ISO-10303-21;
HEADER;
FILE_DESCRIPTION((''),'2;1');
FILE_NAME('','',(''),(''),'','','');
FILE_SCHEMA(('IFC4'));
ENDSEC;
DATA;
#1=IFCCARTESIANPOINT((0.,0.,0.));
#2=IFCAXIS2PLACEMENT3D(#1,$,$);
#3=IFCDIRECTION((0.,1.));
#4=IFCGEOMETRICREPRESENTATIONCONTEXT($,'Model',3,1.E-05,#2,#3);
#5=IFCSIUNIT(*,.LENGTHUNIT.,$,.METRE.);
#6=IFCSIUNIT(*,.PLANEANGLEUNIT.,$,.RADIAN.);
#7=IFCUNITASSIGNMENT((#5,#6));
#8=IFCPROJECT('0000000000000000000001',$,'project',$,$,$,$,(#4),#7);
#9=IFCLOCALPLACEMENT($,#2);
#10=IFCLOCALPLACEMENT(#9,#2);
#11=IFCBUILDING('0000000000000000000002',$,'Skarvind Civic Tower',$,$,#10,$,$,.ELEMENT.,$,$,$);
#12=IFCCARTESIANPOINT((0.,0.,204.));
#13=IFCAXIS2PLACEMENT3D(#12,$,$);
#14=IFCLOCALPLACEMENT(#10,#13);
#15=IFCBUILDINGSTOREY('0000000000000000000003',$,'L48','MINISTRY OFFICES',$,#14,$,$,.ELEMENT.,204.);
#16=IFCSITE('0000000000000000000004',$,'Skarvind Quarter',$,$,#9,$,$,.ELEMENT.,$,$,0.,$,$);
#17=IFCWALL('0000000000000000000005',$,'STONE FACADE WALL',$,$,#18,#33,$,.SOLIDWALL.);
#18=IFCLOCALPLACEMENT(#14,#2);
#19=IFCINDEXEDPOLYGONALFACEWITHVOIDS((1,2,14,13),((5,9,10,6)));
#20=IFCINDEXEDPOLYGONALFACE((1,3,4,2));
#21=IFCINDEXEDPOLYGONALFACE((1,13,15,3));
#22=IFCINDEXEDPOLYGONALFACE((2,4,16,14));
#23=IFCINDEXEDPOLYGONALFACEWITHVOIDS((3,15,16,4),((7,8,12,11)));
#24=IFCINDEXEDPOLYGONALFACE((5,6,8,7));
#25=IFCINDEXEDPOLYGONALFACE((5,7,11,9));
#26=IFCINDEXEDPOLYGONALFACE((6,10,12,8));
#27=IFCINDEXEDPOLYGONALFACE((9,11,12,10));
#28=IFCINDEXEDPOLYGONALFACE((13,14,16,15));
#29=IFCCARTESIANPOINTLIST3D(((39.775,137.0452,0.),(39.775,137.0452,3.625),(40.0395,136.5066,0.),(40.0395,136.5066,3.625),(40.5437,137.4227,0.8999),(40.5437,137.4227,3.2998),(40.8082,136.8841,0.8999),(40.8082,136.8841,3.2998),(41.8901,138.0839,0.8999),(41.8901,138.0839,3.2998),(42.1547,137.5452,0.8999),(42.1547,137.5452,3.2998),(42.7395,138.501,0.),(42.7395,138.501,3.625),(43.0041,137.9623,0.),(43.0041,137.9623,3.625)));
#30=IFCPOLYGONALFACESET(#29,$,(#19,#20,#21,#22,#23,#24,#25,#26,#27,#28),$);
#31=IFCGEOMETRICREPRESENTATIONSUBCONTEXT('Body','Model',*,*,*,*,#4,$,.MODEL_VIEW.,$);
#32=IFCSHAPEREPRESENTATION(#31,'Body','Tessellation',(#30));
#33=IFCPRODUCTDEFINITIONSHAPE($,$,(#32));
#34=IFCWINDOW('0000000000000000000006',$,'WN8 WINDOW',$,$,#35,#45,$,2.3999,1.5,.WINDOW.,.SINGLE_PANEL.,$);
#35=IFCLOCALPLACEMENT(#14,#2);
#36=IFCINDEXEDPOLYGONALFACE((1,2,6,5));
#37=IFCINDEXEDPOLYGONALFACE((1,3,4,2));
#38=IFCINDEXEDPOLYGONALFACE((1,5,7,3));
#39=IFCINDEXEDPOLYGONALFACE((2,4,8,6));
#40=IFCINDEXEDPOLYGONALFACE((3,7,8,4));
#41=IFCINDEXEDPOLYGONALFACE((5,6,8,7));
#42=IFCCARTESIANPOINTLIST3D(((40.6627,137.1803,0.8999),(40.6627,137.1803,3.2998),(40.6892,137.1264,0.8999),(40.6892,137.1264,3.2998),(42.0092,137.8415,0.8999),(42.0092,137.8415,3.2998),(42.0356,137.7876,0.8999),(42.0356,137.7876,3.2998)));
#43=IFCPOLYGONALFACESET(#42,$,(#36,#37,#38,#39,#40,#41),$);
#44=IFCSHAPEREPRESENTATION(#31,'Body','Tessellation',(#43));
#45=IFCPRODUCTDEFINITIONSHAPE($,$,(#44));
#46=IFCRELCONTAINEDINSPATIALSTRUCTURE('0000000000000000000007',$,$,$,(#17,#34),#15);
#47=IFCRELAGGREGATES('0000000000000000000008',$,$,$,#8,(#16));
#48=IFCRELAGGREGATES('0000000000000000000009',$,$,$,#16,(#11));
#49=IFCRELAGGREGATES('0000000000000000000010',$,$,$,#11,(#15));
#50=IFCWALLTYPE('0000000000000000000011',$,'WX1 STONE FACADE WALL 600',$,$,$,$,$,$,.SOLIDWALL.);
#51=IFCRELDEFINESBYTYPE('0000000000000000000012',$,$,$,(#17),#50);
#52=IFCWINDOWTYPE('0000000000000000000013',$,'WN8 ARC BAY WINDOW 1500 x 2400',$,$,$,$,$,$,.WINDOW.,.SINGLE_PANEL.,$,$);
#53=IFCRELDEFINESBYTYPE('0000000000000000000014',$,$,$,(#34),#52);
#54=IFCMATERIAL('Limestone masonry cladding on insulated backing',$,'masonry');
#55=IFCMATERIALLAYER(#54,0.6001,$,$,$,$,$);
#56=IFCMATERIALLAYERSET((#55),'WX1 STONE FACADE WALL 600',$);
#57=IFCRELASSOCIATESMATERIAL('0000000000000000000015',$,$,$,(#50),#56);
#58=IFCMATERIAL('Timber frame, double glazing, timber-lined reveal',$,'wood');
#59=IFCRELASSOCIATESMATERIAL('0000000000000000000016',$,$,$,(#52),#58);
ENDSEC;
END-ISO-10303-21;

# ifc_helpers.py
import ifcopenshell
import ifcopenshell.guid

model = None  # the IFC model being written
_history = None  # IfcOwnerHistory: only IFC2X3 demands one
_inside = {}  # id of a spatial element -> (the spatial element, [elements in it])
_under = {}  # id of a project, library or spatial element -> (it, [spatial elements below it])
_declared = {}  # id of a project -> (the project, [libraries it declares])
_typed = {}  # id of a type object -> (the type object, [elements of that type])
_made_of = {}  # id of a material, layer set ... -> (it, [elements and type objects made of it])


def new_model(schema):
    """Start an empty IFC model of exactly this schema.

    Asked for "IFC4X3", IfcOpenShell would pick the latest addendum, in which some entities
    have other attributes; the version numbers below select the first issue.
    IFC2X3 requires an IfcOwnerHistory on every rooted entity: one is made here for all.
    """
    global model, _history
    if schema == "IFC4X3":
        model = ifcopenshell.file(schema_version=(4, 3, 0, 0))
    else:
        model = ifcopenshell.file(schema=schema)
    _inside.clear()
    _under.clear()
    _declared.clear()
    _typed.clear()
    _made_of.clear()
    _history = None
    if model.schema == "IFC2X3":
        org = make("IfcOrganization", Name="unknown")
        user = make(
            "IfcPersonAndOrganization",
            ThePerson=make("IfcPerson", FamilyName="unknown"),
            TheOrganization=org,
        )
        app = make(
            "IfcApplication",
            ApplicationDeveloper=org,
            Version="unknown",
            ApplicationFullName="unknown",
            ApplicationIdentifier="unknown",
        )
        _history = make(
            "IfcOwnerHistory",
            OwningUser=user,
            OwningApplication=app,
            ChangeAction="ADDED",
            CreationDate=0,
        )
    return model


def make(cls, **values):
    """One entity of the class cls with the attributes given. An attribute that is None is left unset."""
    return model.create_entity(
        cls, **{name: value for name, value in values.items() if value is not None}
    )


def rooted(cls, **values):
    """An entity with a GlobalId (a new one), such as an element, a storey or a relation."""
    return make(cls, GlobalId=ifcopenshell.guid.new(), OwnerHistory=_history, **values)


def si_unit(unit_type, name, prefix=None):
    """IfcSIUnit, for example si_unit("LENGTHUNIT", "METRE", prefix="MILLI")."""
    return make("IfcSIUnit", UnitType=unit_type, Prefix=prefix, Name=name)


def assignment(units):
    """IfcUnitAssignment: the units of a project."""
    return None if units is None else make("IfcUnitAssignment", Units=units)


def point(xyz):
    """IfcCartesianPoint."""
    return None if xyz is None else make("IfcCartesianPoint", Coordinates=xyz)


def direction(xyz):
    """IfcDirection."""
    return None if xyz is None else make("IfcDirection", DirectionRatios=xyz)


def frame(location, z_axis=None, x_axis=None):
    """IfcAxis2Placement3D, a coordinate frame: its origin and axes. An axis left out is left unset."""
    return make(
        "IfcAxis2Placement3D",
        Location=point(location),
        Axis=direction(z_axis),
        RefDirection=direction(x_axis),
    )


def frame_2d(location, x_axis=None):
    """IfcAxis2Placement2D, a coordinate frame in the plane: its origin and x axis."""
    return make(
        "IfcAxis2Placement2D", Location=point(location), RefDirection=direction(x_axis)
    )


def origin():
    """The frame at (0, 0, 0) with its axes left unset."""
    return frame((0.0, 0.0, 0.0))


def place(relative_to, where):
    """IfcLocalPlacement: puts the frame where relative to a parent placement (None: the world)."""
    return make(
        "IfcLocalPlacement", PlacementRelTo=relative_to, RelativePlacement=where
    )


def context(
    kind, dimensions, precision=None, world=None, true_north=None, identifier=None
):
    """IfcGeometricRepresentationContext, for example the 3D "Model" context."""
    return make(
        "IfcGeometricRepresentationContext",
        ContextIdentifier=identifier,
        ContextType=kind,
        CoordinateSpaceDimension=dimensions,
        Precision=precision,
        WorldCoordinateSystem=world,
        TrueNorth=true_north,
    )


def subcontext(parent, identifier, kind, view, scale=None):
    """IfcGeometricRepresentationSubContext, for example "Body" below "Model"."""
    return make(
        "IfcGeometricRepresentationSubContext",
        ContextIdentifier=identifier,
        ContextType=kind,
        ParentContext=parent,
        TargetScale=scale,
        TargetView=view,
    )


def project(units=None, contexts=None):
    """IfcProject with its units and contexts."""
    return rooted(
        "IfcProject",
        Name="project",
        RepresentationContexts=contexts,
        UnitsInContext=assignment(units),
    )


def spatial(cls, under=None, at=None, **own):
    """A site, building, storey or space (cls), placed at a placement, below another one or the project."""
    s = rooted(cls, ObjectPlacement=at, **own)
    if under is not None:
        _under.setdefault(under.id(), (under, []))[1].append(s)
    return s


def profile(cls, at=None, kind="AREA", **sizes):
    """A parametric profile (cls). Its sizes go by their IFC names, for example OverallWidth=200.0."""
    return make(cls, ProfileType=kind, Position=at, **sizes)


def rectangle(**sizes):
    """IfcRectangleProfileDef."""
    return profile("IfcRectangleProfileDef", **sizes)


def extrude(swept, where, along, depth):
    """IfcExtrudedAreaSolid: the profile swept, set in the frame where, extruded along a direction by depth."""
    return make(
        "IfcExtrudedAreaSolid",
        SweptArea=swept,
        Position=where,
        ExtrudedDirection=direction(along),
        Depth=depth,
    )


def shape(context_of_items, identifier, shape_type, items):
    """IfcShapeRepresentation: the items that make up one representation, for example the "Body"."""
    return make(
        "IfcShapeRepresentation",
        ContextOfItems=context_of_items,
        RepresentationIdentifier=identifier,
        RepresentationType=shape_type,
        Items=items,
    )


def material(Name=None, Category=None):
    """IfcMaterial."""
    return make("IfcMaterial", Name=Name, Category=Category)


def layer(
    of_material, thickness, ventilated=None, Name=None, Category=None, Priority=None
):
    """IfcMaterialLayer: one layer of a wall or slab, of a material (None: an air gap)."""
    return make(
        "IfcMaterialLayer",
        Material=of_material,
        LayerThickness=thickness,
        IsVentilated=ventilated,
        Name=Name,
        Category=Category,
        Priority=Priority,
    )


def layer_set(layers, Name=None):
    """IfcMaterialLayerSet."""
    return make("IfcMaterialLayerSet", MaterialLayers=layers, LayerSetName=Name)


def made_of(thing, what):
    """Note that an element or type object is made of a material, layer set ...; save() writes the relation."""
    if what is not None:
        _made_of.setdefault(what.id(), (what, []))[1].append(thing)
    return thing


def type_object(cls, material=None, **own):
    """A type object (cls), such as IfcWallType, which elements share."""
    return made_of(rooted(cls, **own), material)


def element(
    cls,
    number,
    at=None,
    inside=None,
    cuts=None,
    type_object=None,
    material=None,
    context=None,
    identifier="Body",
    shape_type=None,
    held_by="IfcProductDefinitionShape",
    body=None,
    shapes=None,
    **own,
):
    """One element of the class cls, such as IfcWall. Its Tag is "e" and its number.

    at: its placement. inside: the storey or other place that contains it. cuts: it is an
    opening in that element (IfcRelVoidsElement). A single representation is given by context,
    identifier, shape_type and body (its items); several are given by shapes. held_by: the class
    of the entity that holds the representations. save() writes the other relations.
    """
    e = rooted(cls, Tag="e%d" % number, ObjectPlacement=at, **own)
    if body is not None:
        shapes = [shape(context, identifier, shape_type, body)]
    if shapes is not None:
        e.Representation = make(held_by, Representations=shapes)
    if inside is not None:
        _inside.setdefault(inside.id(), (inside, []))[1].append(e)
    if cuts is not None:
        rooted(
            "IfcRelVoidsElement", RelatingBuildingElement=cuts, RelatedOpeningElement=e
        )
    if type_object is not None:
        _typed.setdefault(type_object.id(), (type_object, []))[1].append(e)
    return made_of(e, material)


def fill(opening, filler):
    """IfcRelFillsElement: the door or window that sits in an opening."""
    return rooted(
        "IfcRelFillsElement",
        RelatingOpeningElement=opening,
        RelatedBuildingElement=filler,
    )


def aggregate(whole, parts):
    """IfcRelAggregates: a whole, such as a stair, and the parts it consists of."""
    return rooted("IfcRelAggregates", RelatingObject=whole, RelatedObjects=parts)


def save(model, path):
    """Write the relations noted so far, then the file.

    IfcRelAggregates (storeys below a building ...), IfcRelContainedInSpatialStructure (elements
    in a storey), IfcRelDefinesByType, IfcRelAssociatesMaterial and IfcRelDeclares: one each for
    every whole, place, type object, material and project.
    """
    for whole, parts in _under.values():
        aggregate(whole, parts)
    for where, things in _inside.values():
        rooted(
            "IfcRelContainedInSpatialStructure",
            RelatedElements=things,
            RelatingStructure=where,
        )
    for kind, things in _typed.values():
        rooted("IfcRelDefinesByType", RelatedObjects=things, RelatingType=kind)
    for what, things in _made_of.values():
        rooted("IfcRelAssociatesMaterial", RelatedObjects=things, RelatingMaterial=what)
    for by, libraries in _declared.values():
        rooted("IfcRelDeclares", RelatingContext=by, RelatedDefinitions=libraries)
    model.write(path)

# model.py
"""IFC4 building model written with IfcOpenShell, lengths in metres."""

from ifc_helpers import new_model, si_unit, direction, frame, frame_2d, origin, place, context, subcontext, project, spatial, rectangle, extrude, material, layer, layer_set, type_object, element, fill, save


model = new_model("IFC4")

# Units and contexts
model_context = context("Model", 3, precision=1e-05, world=origin(), true_north=direction((0.0, 1.0)))
body_context = subcontext(model_context, "Body", "Model", "MODEL_VIEW")
ifc_project = project(units=[si_unit("LENGTHUNIT", "METRE"), si_unit("PLANEANGLEUNIT", "RADIAN")], contexts=[model_context])

# Site, building, storey
site_placement = place(None, origin())
site = spatial("IfcSite", under=ifc_project, at=site_placement, Name="Skarvind Quarter", CompositionType="ELEMENT", RefElevation=0.0)
building_placement = place(site_placement, origin())
building = spatial("IfcBuilding", under=site, at=building_placement, Name="Skarvind Civic Tower", CompositionType="ELEMENT")
storey_placement = place(building_placement, frame((0.0, 0.0, 204.0)))
storey = spatial("IfcBuildingStorey", under=building, at=storey_placement, Name="L48", Description="MINISTRY OFFICES", CompositionType="ELEMENT", Elevation=204.0)

# Wall, opening, window
ifc_material_1 = material(Name="Limestone masonry cladding on insulated backing", Category="masonry")
ifc_layer_1 = layer(ifc_material_1, 0.6001)
ifc_layer_set_1 = layer_set([ifc_layer_1], Name="WX1 STONE FACADE WALL 600")
wall_type_1 = type_object("IfcWallType", Name="WX1 STONE FACADE WALL 600", PredefinedType="SOLIDWALL", material=ifc_layer_set_1)
wall_1_placement = place(storey_placement, frame((39.9072, 136.7759, 0.0), z_axis=(0.0, 0.0, 1.0), x_axis=(0.897612, 0.440786, 0.0)))
wall_1 = element("IfcWall", 1, at=wall_1_placement, inside=storey, type_object=wall_type_1, Name="STONE FACADE WALL", PredefinedType="SOLIDWALL", context=body_context, shape_type="SweptSolid", body=[
    extrude(rectangle(XDim=3.3027, YDim=0.6001, at=frame_2d((1.6514, 0.0))), origin(), (0.0, 0.0, 1.0), 3.625),
])
opening_1_placement = place(wall_1_placement, frame((0.8564, 0.0, 0.8999)))
opening_1 = element("IfcOpeningElement", 2, at=opening_1_placement, cuts=wall_1, PredefinedType="OPENING", context=body_context, shape_type="SweptSolid", body=[
    extrude(rectangle(XDim=1.5, YDim=2.3999, at=frame_2d((0.75, 1.2))), frame((0.0, 0.3101, 0.0), z_axis=(0.0, -1.0, 0.0), x_axis=(1.0, 0.0, 0.0)), (0.0, 0.0, 1.0), 0.6201),
])
ifc_material_2 = material(Name="Timber frame, double glazing, timber-lined reveal", Category="wood")
window_type = type_object("IfcWindowType", Name="WN8 ARC BAY WINDOW 1500 x 2400", PartitioningType="SINGLE_PANEL", PredefinedType="WINDOW", material=ifc_material_2)
window_placement = place(opening_1_placement, origin())
window = element("IfcWindow", 3, at=window_placement, inside=storey, type_object=window_type, Name="WN8 WINDOW", OverallHeight=2.3999, OverallWidth=1.5, PartitioningType="SINGLE_PANEL", PredefinedType="WINDOW", context=body_context, shape_type="SweptSolid", body=[
    extrude(rectangle(XDim=1.5, YDim=2.3999, at=frame_2d((0.75, 1.2))), frame((0.0, 0.03, 0.0), z_axis=(0.0, -1.0, 0.0), x_axis=(1.0, 0.0, 0.0)), (0.0, 0.0, 1.0), 0.0601),
])
fill(opening_1, window)

save(model, "model.ifc")
